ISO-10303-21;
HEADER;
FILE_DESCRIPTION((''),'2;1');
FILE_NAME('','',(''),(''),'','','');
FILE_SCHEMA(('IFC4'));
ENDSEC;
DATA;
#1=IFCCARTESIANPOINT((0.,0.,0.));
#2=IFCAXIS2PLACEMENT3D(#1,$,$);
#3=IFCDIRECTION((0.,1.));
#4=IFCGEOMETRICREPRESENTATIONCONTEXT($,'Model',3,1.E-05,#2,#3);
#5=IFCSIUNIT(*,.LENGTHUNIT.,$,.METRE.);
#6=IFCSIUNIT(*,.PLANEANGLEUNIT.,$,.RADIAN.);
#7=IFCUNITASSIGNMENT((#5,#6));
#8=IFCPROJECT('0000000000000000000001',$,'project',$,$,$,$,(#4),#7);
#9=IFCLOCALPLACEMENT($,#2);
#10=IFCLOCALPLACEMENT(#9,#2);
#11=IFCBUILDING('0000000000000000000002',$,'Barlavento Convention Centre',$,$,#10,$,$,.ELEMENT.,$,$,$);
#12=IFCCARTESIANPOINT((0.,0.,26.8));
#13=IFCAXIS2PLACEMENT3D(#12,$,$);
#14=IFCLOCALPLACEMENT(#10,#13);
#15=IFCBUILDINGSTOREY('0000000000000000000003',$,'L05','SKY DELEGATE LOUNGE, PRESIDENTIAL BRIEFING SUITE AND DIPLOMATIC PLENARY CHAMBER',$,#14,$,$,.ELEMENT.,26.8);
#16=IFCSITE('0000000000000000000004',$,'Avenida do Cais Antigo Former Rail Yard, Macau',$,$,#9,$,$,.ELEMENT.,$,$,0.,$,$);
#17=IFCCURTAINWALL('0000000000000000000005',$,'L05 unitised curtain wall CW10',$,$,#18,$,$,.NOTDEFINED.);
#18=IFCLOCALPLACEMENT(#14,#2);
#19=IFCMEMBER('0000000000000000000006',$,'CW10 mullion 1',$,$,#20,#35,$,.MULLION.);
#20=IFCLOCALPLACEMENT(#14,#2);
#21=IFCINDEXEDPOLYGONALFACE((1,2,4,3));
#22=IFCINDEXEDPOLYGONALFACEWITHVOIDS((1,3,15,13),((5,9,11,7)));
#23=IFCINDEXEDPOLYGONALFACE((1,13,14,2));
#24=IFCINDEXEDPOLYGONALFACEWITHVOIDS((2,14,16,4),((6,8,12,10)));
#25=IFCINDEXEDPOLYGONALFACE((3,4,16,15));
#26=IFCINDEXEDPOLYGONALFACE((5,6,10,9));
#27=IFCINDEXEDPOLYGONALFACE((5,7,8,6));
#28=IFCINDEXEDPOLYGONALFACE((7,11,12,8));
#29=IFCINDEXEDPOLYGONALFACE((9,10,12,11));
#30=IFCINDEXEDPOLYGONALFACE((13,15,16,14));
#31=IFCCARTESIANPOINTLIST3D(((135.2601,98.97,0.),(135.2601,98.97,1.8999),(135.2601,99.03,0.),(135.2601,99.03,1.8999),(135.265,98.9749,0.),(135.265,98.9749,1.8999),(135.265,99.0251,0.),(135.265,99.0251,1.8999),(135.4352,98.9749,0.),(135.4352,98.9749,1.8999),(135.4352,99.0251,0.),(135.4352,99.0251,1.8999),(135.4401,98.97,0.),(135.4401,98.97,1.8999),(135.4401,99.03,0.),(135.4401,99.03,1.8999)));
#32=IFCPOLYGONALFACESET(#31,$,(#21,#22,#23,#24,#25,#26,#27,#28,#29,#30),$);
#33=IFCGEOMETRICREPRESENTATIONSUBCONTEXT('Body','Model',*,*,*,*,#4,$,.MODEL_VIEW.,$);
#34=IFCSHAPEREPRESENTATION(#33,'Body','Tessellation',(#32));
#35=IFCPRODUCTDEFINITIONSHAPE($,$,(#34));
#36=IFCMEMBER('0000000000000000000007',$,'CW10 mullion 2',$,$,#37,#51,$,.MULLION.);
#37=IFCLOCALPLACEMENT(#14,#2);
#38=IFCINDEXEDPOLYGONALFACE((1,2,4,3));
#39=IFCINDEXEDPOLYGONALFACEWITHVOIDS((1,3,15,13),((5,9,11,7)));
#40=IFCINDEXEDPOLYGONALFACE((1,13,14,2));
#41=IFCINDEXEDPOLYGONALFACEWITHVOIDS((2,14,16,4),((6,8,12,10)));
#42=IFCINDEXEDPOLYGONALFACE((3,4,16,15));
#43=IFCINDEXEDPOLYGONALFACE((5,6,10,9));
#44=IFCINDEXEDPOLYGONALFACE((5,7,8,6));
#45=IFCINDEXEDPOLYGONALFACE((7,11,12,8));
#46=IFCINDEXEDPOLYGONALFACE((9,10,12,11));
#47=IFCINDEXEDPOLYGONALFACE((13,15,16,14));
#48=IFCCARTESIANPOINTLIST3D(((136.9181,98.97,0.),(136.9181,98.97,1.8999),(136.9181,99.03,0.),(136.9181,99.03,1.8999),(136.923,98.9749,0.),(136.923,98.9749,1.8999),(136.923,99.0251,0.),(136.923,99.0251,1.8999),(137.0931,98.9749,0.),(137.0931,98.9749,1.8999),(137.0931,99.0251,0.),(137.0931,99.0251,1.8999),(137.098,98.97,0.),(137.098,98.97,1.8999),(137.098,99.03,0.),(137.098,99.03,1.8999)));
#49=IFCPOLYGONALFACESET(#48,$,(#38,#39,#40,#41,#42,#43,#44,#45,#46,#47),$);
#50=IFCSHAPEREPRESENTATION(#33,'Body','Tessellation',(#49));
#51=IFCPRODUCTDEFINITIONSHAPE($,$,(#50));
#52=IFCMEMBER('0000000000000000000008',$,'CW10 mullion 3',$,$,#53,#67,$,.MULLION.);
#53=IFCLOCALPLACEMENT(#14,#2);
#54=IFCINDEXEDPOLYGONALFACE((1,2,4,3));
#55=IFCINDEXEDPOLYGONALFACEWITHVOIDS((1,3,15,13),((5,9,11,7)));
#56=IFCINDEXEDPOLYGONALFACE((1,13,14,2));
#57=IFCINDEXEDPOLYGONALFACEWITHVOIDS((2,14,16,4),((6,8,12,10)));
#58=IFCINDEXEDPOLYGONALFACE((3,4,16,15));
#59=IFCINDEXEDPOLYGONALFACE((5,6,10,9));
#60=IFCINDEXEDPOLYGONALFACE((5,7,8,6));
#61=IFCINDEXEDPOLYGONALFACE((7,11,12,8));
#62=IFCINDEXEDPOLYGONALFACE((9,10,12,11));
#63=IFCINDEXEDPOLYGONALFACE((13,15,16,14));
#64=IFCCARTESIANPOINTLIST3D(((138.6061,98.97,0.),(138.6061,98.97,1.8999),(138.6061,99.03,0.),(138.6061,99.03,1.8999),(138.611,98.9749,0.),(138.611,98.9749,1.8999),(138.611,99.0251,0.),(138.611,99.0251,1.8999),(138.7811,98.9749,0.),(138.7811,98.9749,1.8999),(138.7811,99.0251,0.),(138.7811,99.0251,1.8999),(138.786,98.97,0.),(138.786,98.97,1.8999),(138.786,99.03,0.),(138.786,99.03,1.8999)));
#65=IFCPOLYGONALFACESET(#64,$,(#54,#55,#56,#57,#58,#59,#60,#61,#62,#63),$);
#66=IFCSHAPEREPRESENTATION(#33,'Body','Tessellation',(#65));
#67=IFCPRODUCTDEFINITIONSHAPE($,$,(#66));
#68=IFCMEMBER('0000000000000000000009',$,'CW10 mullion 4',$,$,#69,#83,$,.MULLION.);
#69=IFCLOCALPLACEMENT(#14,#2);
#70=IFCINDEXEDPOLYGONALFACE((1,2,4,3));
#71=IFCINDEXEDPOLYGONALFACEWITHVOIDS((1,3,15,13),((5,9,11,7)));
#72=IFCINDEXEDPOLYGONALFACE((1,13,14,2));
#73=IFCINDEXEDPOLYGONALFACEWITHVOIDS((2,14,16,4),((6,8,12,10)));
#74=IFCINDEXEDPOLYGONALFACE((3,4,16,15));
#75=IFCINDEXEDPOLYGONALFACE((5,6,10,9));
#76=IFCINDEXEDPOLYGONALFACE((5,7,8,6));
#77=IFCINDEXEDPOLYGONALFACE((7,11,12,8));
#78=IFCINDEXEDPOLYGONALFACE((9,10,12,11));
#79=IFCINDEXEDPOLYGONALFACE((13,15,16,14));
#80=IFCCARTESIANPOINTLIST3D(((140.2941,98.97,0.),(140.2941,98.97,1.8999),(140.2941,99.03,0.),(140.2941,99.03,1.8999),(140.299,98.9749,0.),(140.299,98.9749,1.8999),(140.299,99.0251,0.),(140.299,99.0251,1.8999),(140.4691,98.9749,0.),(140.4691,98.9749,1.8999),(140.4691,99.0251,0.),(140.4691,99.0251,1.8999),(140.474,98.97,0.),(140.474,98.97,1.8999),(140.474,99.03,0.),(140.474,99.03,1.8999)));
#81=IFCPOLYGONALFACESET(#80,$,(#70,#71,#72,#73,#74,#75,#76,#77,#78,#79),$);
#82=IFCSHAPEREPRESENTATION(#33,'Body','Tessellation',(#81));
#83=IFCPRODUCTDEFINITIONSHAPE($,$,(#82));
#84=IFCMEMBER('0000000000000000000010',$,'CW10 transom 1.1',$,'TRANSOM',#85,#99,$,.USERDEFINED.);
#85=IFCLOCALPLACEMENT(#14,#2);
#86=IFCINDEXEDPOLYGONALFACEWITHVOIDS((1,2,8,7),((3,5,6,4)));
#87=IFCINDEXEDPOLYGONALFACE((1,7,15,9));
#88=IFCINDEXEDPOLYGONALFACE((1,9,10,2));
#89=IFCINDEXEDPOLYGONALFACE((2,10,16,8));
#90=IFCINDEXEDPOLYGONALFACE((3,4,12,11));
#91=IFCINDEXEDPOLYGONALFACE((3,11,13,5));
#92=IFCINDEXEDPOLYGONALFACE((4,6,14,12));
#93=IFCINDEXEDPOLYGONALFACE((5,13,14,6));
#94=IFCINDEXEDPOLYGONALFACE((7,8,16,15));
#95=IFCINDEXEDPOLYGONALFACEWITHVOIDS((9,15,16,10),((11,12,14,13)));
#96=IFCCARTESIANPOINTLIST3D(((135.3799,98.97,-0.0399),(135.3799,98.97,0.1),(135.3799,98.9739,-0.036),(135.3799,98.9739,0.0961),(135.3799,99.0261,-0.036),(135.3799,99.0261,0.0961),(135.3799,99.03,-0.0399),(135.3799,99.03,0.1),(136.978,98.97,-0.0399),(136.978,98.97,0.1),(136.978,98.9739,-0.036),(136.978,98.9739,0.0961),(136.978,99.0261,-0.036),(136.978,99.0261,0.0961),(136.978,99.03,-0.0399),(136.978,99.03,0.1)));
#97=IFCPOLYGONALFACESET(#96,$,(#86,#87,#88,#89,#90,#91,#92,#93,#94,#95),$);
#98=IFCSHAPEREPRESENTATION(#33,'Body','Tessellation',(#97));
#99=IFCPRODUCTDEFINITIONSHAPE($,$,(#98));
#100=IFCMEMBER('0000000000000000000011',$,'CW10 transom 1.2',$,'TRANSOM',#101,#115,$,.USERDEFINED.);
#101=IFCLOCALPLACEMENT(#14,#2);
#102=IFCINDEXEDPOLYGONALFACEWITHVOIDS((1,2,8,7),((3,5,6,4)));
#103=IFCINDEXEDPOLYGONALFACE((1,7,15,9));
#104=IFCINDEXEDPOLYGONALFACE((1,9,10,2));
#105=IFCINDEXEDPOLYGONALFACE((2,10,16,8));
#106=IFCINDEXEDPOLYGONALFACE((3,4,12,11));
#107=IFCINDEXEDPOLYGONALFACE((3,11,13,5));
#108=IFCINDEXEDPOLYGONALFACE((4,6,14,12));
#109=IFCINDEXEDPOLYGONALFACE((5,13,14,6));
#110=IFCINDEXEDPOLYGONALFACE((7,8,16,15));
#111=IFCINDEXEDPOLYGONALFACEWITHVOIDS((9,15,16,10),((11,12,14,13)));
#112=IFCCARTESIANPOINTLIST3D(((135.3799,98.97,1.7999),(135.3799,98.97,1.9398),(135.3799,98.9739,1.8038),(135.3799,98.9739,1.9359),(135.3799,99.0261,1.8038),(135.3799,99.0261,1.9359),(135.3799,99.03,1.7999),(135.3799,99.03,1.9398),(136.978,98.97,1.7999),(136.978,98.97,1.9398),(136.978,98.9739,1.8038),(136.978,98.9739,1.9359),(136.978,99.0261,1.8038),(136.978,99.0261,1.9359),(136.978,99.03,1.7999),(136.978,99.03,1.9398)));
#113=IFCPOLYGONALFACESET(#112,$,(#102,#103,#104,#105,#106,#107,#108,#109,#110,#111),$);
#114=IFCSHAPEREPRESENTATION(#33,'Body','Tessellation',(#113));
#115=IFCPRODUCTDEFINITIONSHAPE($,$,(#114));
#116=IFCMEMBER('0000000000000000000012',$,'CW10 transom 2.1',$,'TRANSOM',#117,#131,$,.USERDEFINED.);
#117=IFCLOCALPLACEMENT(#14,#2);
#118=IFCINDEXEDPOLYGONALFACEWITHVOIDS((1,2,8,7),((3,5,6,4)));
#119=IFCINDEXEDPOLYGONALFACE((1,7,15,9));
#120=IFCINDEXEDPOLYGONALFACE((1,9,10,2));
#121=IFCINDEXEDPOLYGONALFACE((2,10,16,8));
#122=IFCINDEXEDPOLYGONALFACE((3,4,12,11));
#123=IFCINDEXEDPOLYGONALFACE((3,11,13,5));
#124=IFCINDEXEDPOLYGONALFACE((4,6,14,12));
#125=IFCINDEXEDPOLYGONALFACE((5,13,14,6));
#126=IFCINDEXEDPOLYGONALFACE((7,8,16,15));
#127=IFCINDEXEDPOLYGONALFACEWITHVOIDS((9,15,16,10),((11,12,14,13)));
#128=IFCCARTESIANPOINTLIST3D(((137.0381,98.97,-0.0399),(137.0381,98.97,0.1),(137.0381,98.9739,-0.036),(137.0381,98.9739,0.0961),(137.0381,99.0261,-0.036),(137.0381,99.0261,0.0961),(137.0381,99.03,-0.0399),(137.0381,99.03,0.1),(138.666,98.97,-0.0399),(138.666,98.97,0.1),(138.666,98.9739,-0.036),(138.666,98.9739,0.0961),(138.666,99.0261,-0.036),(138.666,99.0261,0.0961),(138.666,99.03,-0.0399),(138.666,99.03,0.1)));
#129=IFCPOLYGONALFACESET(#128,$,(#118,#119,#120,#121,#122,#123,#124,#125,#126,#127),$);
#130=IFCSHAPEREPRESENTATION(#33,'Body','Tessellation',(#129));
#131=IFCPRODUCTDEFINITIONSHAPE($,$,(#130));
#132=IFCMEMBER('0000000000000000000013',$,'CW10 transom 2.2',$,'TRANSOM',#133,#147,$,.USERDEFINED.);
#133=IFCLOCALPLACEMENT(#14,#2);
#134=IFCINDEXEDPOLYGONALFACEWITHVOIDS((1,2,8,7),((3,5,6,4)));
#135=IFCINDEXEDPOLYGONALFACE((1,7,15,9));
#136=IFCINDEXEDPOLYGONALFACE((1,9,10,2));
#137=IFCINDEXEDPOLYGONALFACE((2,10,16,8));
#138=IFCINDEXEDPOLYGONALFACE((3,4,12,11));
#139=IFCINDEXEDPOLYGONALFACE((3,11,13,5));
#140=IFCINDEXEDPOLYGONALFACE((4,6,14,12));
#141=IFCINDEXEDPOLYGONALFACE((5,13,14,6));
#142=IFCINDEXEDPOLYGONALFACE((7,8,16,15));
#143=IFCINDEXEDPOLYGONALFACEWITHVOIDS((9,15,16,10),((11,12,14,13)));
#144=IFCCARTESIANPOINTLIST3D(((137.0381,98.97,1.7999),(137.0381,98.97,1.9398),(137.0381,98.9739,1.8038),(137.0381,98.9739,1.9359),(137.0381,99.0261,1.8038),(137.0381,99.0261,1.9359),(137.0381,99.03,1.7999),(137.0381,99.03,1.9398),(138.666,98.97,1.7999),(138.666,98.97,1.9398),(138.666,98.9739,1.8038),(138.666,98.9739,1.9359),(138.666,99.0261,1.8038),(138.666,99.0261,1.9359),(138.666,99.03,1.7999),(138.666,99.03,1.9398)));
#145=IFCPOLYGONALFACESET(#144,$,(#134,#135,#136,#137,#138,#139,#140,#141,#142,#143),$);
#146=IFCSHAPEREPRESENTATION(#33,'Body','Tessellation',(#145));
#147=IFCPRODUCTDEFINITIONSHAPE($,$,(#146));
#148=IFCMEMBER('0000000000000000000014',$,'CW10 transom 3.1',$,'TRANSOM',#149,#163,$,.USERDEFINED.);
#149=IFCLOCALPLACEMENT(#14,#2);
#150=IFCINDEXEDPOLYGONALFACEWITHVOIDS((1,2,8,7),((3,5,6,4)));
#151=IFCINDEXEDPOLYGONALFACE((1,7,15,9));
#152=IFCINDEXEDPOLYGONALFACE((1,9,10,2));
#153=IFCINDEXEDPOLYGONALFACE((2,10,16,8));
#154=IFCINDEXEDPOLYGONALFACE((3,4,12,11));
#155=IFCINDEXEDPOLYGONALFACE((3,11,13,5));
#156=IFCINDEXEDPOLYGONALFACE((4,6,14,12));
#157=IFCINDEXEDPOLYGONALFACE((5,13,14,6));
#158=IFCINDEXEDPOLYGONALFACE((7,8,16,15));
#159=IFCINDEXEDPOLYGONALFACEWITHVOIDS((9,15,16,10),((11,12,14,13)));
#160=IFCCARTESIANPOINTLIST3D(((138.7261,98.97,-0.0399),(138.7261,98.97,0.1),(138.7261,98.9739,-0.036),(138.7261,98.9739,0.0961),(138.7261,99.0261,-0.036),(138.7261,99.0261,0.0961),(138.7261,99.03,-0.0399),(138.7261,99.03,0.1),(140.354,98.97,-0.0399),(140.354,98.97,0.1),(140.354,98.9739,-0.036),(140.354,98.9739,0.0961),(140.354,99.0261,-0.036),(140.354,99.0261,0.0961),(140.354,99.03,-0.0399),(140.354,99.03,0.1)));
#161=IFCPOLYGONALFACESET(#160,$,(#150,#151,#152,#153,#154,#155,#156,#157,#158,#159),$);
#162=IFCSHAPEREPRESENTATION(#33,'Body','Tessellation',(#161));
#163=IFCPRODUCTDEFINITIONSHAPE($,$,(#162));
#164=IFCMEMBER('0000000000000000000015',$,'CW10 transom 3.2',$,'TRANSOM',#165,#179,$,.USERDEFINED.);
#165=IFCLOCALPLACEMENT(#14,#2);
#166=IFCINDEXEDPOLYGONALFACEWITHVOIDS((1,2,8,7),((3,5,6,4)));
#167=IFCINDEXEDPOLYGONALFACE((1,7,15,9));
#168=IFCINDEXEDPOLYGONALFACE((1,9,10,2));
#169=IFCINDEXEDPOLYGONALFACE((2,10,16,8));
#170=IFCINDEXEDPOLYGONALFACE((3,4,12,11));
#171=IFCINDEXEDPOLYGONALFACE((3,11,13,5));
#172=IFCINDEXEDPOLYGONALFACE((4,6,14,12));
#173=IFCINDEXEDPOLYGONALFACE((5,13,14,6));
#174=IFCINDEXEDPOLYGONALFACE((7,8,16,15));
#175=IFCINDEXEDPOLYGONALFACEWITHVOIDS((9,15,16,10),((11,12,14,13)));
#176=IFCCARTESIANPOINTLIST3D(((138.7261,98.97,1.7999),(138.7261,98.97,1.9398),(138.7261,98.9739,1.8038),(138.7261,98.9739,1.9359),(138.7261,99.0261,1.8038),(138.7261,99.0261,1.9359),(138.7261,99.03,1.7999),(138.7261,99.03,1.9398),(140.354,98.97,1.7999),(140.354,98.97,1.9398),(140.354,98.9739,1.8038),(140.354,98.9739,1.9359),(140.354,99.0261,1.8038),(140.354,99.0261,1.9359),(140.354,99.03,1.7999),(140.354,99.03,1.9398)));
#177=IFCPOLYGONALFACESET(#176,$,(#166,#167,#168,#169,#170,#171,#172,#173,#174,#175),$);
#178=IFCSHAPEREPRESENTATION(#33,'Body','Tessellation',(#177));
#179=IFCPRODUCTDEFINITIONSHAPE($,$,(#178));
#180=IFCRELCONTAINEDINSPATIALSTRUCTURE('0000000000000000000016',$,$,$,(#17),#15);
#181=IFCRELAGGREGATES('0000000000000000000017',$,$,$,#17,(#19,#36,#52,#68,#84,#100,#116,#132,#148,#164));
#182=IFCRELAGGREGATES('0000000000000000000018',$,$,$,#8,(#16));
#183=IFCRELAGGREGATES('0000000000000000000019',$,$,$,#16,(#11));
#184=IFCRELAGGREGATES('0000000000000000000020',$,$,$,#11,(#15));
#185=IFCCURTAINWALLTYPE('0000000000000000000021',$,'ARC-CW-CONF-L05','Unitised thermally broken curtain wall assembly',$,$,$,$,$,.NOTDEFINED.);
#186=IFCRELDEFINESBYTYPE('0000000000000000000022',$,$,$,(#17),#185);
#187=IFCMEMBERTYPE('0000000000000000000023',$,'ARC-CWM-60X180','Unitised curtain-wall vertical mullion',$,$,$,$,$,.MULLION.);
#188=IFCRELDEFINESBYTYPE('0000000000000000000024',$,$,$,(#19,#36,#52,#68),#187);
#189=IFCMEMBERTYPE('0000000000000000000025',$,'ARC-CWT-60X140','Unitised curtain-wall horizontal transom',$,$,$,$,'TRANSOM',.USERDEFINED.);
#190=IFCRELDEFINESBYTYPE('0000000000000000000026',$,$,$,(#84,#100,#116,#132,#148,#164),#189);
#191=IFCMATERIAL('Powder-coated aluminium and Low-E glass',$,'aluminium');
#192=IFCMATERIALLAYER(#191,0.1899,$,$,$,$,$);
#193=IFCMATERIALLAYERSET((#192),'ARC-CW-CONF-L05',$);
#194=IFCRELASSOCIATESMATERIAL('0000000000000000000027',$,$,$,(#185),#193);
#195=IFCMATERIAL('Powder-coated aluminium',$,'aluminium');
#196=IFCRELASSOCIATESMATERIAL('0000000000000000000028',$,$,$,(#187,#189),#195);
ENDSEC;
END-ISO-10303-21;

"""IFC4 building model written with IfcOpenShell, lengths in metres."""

from ifc_helpers import new_model, si_unit, direction, frame, origin, origin_2d, place, context, subcontext, project, spatial, hollow_rectangle, extrude, material, layer, layer_set, material_profile, profile_set, type_object, element, aggregate, save


model = new_model("IFC4")

# Units and contexts
model_context = context("Model", 3, precision=1e-05, world=origin(), true_north=direction((0.0, 1.0)))
body_context = subcontext(model_context, "Body", "Model", "MODEL_VIEW")
ifc_project = project(units=[si_unit("LENGTHUNIT", "METRE"), si_unit("PLANEANGLEUNIT", "RADIAN")], contexts=[model_context])

# Site, building, storey
site_placement = place(None, origin())
site = spatial("IfcSite", under=ifc_project, at=site_placement, Name="Avenida do Cais Antigo Former Rail Yard, Macau", CompositionType="ELEMENT", RefElevation=0.0)
building_placement = place(site_placement, origin())
building = spatial("IfcBuilding", under=site, at=building_placement, Name="Barlavento Convention Centre", CompositionType="ELEMENT")
storey_placement = place(building_placement, frame((0.0, 0.0, 26.8)))
storey = spatial("IfcBuildingStorey", under=building, at=storey_placement, Name="L05", Description="SKY DELEGATE LOUNGE, PRESIDENTIAL BRIEFING SUITE AND DIPLOMATIC PLENARY CHAMBER", CompositionType="ELEMENT", Elevation=26.8)

# Curtain wall, members
ifc_material_1 = material(Name="Powder-coated aluminium and Low-E glass", Category="aluminium")
ifc_layer_1 = layer(ifc_material_1, 0.1899)
ifc_layer_set_1 = layer_set([ifc_layer_1], Name="ARC-CW-CONF-L05")
curtain_wall_type = type_object("IfcCurtainWallType", Name="ARC-CW-CONF-L05", Description="Unitised thermally broken curtain wall assembly", PredefinedType="NOTDEFINED", material=ifc_layer_set_1)
curtain_wall_placement = place(storey_placement, origin())
curtain_wall = element("IfcCurtainWall", 1, at=curtain_wall_placement, inside=storey, type_object=curtain_wall_type, Name="L05 unitised curtain wall CW10", PredefinedType="NOTDEFINED")
ifc_material_2 = material(Name="Powder-coated aluminium", Category="aluminium")
ifc_material_profile_1 = material_profile(ifc_material_2, hollow_rectangle(XDim=0.0601, YDim=0.1799, WallThickness=0.0049, at=origin_2d()), Name="AL-MULL 60x180x5")
ifc_profile_set_1 = profile_set([ifc_material_profile_1], Name="Powder-coated aluminium")
member_type_1 = type_object("IfcMemberType", Name="ARC-CWM-60X180", Description="Unitised curtain-wall vertical mullion", PredefinedType="MULLION", material=ifc_profile_set_1)
member_1_placement = place(storey_placement, frame((135.3501, 99.0, 0.0), z_axis=(0.0, 0.0, 1.0), x_axis=(0.0, 1.0, 0.0)))
member_1 = element("IfcMember", 2, at=member_1_placement, type_object=member_type_1, Name="CW10 mullion 1", PredefinedType="MULLION", context=body_context, shape_type="SweptSolid", body=[
    extrude(hollow_rectangle(XDim=0.0601, YDim=0.1799, WallThickness=0.0049, at=origin_2d()), origin(), (0.0, 0.0, 1.0), 1.8999),
])
member_2_placement = place(storey_placement, frame((137.0081, 99.0, 0.0), z_axis=(0.0, 0.0, 1.0), x_axis=(0.0, 1.0, 0.0)))
member_2 = element("IfcMember", 3, at=member_2_placement, type_object=member_type_1, Name="CW10 mullion 2", PredefinedType="MULLION", context=body_context, shape_type="SweptSolid", body=[
    extrude(hollow_rectangle(XDim=0.0601, YDim=0.1799, WallThickness=0.0049, at=origin_2d()), origin(), (0.0, 0.0, 1.0), 1.8999),
])
member_3_placement = place(storey_placement, frame((138.696, 99.0, 0.0), z_axis=(0.0, 0.0, 1.0), x_axis=(0.0, 1.0, 0.0)))
member_3 = element("IfcMember", 4, at=member_3_placement, type_object=member_type_1, Name="CW10 mullion 3", PredefinedType="MULLION", context=body_context, shape_type="SweptSolid", body=[
    extrude(hollow_rectangle(XDim=0.0601, YDim=0.1799, WallThickness=0.0049, at=origin_2d()), origin(), (0.0, 0.0, 1.0), 1.8999),
])
member_4_placement = place(storey_placement, frame((140.384, 99.0, 0.0), z_axis=(0.0, 0.0, 1.0), x_axis=(0.0, 1.0, 0.0)))
member_4 = element("IfcMember", 5, at=member_4_placement, type_object=member_type_1, Name="CW10 mullion 4", PredefinedType="MULLION", context=body_context, shape_type="SweptSolid", body=[
    extrude(hollow_rectangle(XDim=0.0601, YDim=0.1799, WallThickness=0.0049, at=origin_2d()), origin(), (0.0, 0.0, 1.0), 1.8999),
])
ifc_material_profile_2 = material_profile(ifc_material_2, hollow_rectangle(XDim=0.0601, YDim=0.1399, WallThickness=0.0039, at=origin_2d()), Name="AL-TRAN 60x140x4")
ifc_profile_set_2 = profile_set([ifc_material_profile_2], Name="Powder-coated aluminium")
member_type_2 = type_object("IfcMemberType", Name="ARC-CWT-60X140", Description="Unitised curtain-wall horizontal transom", ElementType="TRANSOM", PredefinedType="USERDEFINED", material=ifc_profile_set_2)
member_5_placement = place(storey_placement, frame((135.3799, 99.0, 0.03), z_axis=(1.0, 0.0, 0.0), x_axis=(0.0, 1.0, 0.0)))
member_5 = element("IfcMember", 6, at=member_5_placement, type_object=member_type_2, Name="CW10 transom 1.1", ObjectType="TRANSOM", PredefinedType="USERDEFINED", context=body_context, shape_type="SweptSolid", body=[
    extrude(hollow_rectangle(XDim=0.0601, YDim=0.1399, WallThickness=0.0039, at=origin_2d()), origin(), (0.0, 0.0, 1.0), 1.5981),
])
member_6_placement = place(storey_placement, frame((135.3799, 99.0, 1.8699), z_axis=(1.0, 0.0, 0.0), x_axis=(0.0, 1.0, 0.0)))
member_6 = element("IfcMember", 7, at=member_6_placement, type_object=member_type_2, Name="CW10 transom 1.2", ObjectType="TRANSOM", PredefinedType="USERDEFINED", context=body_context, shape_type="SweptSolid", body=[
    extrude(hollow_rectangle(XDim=0.0601, YDim=0.1399, WallThickness=0.0039, at=origin_2d()), origin(), (0.0, 0.0, 1.0), 1.5981),
])
member_7_placement = place(storey_placement, frame((137.0381, 99.0, 0.03), z_axis=(1.0, 0.0, 0.0), x_axis=(0.0, 1.0, 0.0)))
member_7 = element("IfcMember", 8, at=member_7_placement, type_object=member_type_2, Name="CW10 transom 2.1", ObjectType="TRANSOM", PredefinedType="USERDEFINED", context=body_context, shape_type="SweptSolid", body=[
    extrude(hollow_rectangle(XDim=0.0601, YDim=0.1399, WallThickness=0.0039, at=origin_2d()), origin(), (0.0, 0.0, 1.0), 1.6279),
])
member_8_placement = place(storey_placement, frame((137.0381, 99.0, 1.8699), z_axis=(1.0, 0.0, 0.0), x_axis=(0.0, 1.0, 0.0)))
member_8 = element("IfcMember", 9, at=member_8_placement, type_object=member_type_2, Name="CW10 transom 2.2", ObjectType="TRANSOM", PredefinedType="USERDEFINED", context=body_context, shape_type="SweptSolid", body=[
    extrude(hollow_rectangle(XDim=0.0601, YDim=0.1399, WallThickness=0.0039, at=origin_2d()), origin(), (0.0, 0.0, 1.0), 1.6279),
])
member_9_placement = place(storey_placement, frame((138.7261, 99.0, 0.03), z_axis=(1.0, 0.0, 0.0), x_axis=(0.0, 1.0, 0.0)))
member_9 = element("IfcMember", 10, at=member_9_placement, type_object=member_type_2, Name="CW10 transom 3.1", ObjectType="TRANSOM", PredefinedType="USERDEFINED", context=body_context, shape_type="SweptSolid", body=[
    extrude(hollow_rectangle(XDim=0.0601, YDim=0.1399, WallThickness=0.0039, at=origin_2d()), origin(), (0.0, 0.0, 1.0), 1.6279),
])
member_10_placement = place(storey_placement, frame((138.7261, 99.0, 1.8699), z_axis=(1.0, 0.0, 0.0), x_axis=(0.0, 1.0, 0.0)))
member_10 = element("IfcMember", 11, at=member_10_placement, type_object=member_type_2, Name="CW10 transom 3.2", ObjectType="TRANSOM", PredefinedType="USERDEFINED", context=body_context, shape_type="SweptSolid", body=[
    extrude(hollow_rectangle(XDim=0.0601, YDim=0.1399, WallThickness=0.0039, at=origin_2d()), origin(), (0.0, 0.0, 1.0), 1.6279),
])

aggregate(curtain_wall, [member_1, member_2, member_3, member_4, member_5, member_6, member_7, member_8, member_9, member_10])

save(model, "model.ifc")
